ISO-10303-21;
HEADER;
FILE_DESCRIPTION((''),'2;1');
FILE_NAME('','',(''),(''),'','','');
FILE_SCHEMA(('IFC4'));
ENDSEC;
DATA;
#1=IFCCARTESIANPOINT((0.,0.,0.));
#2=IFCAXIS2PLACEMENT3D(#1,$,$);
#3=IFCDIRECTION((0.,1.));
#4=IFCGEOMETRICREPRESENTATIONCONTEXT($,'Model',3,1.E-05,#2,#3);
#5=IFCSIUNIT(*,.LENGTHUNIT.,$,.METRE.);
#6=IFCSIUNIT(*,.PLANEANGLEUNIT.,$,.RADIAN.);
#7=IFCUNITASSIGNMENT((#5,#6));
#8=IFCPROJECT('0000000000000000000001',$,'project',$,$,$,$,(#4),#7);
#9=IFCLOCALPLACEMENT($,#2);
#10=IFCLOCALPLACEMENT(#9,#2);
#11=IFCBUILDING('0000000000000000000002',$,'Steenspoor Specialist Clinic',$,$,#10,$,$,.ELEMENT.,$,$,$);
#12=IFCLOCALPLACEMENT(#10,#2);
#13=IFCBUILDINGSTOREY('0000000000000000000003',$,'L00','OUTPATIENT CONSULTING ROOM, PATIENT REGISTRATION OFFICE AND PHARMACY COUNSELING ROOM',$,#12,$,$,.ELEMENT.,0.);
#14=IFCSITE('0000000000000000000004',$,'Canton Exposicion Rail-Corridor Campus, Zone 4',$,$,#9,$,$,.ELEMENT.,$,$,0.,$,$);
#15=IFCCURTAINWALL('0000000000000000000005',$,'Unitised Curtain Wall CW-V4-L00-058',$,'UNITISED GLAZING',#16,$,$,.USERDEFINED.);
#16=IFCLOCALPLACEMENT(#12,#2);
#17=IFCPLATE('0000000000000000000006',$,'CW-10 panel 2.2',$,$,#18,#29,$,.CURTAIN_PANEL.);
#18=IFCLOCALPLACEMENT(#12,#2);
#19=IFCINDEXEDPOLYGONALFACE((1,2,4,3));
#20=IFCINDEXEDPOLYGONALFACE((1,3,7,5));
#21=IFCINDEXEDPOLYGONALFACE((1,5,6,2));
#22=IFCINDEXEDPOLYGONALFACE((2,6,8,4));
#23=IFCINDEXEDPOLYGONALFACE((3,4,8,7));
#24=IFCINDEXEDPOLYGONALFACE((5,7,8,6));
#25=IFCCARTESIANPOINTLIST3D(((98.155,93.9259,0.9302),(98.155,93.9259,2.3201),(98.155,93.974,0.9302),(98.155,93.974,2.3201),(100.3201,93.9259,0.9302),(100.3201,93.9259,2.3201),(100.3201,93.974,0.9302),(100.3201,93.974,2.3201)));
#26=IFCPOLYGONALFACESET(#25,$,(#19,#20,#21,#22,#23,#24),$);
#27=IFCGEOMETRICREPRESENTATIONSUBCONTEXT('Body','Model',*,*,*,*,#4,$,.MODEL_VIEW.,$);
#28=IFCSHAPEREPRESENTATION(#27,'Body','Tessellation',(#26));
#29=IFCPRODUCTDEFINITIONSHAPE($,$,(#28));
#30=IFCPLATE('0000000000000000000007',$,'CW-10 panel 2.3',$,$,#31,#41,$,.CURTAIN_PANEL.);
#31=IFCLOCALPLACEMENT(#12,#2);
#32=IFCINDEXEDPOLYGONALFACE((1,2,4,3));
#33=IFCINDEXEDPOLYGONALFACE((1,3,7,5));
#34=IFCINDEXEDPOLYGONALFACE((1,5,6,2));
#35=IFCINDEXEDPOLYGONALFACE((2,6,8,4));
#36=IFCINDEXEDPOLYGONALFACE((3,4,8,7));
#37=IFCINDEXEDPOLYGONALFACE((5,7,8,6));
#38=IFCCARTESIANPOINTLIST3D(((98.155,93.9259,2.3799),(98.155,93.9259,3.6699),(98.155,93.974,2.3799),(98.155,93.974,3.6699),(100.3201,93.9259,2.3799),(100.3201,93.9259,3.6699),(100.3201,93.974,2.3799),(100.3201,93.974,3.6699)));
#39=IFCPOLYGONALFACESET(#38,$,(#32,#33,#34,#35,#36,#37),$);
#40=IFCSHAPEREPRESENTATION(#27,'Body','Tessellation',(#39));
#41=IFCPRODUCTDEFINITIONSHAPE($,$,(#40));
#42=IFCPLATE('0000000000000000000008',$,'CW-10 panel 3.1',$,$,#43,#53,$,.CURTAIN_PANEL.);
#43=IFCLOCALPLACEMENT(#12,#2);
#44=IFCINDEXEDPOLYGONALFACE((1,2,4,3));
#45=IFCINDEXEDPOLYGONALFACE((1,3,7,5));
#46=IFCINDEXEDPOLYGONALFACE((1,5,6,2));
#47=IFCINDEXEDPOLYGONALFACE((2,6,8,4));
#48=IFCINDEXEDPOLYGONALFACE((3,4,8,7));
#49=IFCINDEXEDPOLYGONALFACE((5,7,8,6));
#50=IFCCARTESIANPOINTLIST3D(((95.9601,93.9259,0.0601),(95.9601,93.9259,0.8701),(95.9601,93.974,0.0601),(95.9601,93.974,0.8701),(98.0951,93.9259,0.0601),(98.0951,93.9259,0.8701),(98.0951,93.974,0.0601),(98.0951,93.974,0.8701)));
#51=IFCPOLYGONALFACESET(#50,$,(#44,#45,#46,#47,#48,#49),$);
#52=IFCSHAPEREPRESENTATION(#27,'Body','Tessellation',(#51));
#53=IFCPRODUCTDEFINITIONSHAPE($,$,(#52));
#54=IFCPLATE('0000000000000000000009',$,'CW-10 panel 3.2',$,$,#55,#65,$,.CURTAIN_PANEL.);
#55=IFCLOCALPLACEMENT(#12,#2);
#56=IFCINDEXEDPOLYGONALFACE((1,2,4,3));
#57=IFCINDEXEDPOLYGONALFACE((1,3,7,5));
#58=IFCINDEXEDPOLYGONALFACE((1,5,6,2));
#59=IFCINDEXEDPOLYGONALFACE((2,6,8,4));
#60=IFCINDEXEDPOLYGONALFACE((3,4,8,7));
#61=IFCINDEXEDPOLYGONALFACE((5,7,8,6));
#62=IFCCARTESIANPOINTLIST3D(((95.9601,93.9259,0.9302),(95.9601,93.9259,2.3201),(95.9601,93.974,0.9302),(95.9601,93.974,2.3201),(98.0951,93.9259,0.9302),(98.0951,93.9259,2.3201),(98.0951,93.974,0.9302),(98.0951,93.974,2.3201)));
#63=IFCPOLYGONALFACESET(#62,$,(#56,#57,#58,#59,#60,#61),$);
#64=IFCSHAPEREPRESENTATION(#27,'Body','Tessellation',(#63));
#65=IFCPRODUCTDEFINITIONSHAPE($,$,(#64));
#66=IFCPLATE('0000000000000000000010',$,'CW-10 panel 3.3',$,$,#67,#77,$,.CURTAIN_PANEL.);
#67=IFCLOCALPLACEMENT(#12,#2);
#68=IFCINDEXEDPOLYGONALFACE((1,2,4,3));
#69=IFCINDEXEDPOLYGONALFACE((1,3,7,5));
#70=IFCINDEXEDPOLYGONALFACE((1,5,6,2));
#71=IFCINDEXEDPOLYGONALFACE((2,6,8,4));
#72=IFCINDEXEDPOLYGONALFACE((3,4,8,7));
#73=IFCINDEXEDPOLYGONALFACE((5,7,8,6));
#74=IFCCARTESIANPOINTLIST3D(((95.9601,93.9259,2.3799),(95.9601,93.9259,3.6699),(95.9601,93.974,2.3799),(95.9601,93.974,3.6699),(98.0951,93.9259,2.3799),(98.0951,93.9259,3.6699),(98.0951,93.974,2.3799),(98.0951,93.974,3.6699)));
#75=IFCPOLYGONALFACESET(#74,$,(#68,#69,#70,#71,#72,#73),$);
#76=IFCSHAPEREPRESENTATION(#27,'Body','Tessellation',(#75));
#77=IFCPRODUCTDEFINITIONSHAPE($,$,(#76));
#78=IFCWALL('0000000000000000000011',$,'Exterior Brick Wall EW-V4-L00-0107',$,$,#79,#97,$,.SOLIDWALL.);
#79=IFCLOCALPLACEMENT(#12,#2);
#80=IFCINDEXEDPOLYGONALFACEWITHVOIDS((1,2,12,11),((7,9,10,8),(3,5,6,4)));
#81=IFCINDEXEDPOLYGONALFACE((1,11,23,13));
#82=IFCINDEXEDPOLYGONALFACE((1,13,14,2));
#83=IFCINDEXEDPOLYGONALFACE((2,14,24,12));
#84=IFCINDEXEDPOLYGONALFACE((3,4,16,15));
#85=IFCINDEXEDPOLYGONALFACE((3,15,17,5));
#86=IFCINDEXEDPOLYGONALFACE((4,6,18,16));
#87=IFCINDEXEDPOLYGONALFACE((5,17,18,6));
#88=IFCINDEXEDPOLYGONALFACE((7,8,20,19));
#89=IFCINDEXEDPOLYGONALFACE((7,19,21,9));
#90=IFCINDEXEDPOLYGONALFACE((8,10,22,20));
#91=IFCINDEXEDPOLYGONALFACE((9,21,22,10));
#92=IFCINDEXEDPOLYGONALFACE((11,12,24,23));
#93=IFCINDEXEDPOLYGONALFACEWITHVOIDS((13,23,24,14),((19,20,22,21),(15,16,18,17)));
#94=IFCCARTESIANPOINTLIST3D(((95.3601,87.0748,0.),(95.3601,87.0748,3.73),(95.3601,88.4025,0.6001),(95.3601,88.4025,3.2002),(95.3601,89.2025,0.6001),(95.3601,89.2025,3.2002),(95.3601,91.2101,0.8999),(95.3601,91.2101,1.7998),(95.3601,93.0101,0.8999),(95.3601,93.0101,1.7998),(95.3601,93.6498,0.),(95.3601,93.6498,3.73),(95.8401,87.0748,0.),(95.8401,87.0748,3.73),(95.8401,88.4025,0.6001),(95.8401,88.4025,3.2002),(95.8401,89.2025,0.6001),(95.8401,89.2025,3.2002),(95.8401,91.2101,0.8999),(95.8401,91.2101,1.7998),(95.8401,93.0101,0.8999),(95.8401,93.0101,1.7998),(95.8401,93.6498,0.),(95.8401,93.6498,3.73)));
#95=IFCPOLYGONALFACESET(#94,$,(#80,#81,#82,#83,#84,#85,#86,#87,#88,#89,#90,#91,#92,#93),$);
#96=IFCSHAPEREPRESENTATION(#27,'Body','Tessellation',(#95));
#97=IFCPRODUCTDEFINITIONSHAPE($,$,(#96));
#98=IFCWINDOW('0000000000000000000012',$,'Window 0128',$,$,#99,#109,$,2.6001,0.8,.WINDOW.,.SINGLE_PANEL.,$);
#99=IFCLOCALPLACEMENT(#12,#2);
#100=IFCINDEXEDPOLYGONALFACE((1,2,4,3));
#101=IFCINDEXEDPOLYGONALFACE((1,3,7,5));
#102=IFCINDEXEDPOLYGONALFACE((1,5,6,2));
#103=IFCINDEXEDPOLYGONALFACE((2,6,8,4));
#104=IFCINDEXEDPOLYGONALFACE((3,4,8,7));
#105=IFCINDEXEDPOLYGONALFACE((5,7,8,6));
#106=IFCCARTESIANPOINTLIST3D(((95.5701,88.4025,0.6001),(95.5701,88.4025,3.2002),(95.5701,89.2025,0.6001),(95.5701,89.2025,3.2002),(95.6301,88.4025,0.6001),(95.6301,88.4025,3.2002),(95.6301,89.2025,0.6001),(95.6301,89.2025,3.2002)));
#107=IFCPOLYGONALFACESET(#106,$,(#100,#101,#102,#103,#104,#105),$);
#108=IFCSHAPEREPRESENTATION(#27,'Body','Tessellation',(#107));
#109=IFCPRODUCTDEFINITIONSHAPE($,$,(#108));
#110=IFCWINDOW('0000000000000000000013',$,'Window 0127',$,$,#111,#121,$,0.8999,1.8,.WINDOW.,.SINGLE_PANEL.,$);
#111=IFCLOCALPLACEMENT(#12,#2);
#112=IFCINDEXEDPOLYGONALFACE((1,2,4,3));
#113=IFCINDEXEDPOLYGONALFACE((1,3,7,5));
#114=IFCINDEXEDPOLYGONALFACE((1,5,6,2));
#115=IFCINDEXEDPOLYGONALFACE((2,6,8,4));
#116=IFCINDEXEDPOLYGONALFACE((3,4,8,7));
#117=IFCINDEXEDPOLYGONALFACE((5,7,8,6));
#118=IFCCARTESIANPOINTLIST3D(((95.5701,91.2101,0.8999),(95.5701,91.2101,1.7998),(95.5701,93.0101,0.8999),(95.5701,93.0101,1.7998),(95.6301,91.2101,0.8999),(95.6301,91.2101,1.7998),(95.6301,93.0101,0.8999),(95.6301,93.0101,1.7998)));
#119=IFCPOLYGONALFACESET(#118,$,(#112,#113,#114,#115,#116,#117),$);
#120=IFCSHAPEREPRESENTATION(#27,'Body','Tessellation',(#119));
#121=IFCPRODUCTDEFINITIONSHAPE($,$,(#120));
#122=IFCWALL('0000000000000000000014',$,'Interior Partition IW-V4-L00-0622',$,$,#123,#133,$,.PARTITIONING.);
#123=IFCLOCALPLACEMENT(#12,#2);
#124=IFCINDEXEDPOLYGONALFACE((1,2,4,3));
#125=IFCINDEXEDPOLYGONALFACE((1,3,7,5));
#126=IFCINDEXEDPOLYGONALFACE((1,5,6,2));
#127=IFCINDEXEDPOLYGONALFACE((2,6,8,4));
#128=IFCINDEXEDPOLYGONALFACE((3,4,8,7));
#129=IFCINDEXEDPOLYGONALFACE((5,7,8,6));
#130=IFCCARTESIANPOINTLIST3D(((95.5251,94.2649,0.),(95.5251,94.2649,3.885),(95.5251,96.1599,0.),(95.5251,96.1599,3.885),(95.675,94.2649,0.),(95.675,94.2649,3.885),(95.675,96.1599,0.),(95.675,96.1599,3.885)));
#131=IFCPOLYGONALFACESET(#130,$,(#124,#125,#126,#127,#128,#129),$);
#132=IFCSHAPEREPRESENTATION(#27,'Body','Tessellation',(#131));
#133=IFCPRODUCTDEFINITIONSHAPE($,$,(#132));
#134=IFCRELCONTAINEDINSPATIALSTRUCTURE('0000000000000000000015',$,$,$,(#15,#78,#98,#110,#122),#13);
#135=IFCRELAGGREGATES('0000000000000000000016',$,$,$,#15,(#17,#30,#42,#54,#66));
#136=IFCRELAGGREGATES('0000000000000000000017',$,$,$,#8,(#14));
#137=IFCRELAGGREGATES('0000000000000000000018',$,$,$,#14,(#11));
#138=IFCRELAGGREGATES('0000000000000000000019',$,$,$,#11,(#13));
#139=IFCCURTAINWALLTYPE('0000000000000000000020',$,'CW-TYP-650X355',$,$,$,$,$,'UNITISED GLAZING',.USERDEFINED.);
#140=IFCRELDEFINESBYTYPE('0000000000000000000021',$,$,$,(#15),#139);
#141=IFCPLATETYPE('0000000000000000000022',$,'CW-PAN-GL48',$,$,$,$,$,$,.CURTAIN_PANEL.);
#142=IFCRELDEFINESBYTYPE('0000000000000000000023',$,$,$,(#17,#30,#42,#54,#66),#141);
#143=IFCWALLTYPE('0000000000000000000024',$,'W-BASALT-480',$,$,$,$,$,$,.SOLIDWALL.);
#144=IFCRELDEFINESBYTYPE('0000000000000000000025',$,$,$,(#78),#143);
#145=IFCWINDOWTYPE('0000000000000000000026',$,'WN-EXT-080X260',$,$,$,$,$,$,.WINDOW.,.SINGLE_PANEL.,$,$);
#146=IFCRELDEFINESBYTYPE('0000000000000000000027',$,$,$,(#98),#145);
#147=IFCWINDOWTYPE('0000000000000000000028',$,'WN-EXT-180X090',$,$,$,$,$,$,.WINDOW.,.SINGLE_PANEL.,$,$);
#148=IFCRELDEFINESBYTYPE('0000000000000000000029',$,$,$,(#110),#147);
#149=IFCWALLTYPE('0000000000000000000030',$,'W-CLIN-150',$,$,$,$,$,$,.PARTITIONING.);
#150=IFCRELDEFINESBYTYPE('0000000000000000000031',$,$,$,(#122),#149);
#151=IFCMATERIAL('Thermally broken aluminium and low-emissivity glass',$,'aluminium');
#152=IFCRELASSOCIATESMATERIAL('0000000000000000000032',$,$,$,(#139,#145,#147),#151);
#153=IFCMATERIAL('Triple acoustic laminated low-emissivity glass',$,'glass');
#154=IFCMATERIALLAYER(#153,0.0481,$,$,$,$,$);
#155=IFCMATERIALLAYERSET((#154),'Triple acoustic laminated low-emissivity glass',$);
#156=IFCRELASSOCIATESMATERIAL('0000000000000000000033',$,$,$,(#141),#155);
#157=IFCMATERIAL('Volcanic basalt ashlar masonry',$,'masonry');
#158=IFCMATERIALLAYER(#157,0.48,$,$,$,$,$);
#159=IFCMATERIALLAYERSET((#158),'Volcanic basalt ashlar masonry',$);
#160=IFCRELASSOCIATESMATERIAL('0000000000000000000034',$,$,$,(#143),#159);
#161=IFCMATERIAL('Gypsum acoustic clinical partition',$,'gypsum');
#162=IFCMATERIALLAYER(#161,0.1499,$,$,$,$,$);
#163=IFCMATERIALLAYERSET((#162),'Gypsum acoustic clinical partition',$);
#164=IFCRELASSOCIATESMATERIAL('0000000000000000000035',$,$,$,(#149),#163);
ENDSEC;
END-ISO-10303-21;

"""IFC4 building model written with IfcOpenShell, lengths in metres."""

from ifc_helpers import new_model, si_unit, direction, frame, frame_2d, origin, origin_2d, place, context, subcontext, project, spatial, rectangle, extrude, material, layer, layer_set, type_object, element, fill, aggregate, save


model = new_model("IFC4")

# Units and contexts
model_context = context("Model", 3, precision=1e-05, world=origin(), true_north=direction((0.0, 1.0)))
body_context = subcontext(model_context, "Body", "Model", "MODEL_VIEW")
ifc_project = project(units=[si_unit("LENGTHUNIT", "METRE"), si_unit("PLANEANGLEUNIT", "RADIAN")], contexts=[model_context])

# Site, building, storey
site_placement = place(None, origin())
site = spatial("IfcSite", under=ifc_project, at=site_placement, Name="Canton Exposicion Rail-Corridor Campus, Zone 4", CompositionType="ELEMENT", RefElevation=0.0)
building_placement = place(site_placement, origin())
building = spatial("IfcBuilding", under=site, at=building_placement, Name="Steenspoor Specialist Clinic", CompositionType="ELEMENT")
storey_placement = place(building_placement, origin())
storey = spatial("IfcBuildingStorey", under=building, at=storey_placement, Name="L00", Description="OUTPATIENT CONSULTING ROOM, PATIENT REGISTRATION OFFICE AND PHARMACY COUNSELING ROOM", CompositionType="ELEMENT", Elevation=0.0)

# Curtain wall, plates
ifc_material_1 = material(Name="Thermally broken aluminium and low-emissivity glass", Category="aluminium")
curtain_wall_type = type_object("IfcCurtainWallType", Name="CW-TYP-650X355", ElementType="UNITISED GLAZING", PredefinedType="USERDEFINED", material=ifc_material_1)
curtain_wall_placement = place(storey_placement, origin())
curtain_wall = element("IfcCurtainWall", 1, at=curtain_wall_placement, inside=storey, type_object=curtain_wall_type, Name="Unitised Curtain Wall CW-V4-L00-058", ObjectType="UNITISED GLAZING", PredefinedType="USERDEFINED")
ifc_material_2 = material(Name="Triple acoustic laminated low-emissivity glass", Category="glass")
ifc_layer_1 = layer(ifc_material_2, 0.0481)
ifc_layer_set_1 = layer_set([ifc_layer_1], Name="Triple acoustic laminated low-emissivity glass")
plate_type = type_object("IfcPlateType", Name="CW-PAN-GL48", PredefinedType="CURTAIN_PANEL", material=ifc_layer_set_1)
plate_1_placement = place(storey_placement, frame((99.2375, 93.95, 0.9302), z_axis=(0.0, 0.0, 1.0), x_axis=(-1.0, 0.0, 0.0)))
plate_1 = element("IfcPlate", 2, at=plate_1_placement, type_object=plate_type, Name="CW-10 panel 2.2", PredefinedType="CURTAIN_PANEL", context=body_context, shape_type="SweptSolid", body=[
    extrude(rectangle(XDim=2.165, YDim=0.0481, at=origin_2d()), origin(), (0.0, 0.0, 1.0), 1.3899),
])
plate_2_placement = place(storey_placement, frame((99.2375, 93.95, 2.3799), z_axis=(0.0, 0.0, 1.0), x_axis=(-1.0, 0.0, 0.0)))
plate_2 = element("IfcPlate", 3, at=plate_2_placement, type_object=plate_type, Name="CW-10 panel 2.3", PredefinedType="CURTAIN_PANEL", context=body_context, shape_type="SweptSolid", body=[
    extrude(rectangle(XDim=2.165, YDim=0.0481, at=origin_2d()), origin(), (0.0, 0.0, 1.0), 1.29),
])
plate_3_placement = place(storey_placement, frame((97.0276, 93.95, 0.0601), z_axis=(0.0, 0.0, 1.0), x_axis=(-1.0, 0.0, 0.0)))
plate_3 = element("IfcPlate", 4, at=plate_3_placement, type_object=plate_type, Name="CW-10 panel 3.1", PredefinedType="CURTAIN_PANEL", context=body_context, shape_type="SweptSolid", body=[
    extrude(rectangle(XDim=2.135, YDim=0.0481, at=origin_2d()), origin(), (0.0, 0.0, 1.0), 0.8101),
])
plate_4_placement = place(storey_placement, frame((97.0276, 93.95, 0.9302), z_axis=(0.0, 0.0, 1.0), x_axis=(-1.0, 0.0, 0.0)))
plate_4 = element("IfcPlate", 5, at=plate_4_placement, type_object=plate_type, Name="CW-10 panel 3.2", PredefinedType="CURTAIN_PANEL", context=body_context, shape_type="SweptSolid", body=[
    extrude(rectangle(XDim=2.135, YDim=0.0481, at=origin_2d()), origin(), (0.0, 0.0, 1.0), 1.3899),
])
plate_5_placement = place(storey_placement, frame((97.0276, 93.95, 2.3799), z_axis=(0.0, 0.0, 1.0), x_axis=(-1.0, 0.0, 0.0)))
plate_5 = element("IfcPlate", 6, at=plate_5_placement, type_object=plate_type, Name="CW-10 panel 3.3", PredefinedType="CURTAIN_PANEL", context=body_context, shape_type="SweptSolid", body=[
    extrude(rectangle(XDim=2.135, YDim=0.0481, at=origin_2d()), origin(), (0.0, 0.0, 1.0), 1.29),
])
aggregate(curtain_wall, [plate_1, plate_2, plate_3, plate_4, plate_5])

# Wall, openings, windows
ifc_material_3 = material(Name="Volcanic basalt ashlar masonry", Category="masonry")
ifc_layer_2 = layer(ifc_material_3, 0.48)
ifc_layer_set_2 = layer_set([ifc_layer_2], Name="Volcanic basalt ashlar masonry")
wall_type_1 = type_object("IfcWallType", Name="W-BASALT-480", PredefinedType="SOLIDWALL", material=ifc_layer_set_2)
wall_1_placement = place(storey_placement, frame((95.6001, 93.6499, 0.0), z_axis=(0.0, 0.0, 1.0), x_axis=(0.0, -1.0, 0.0)))
wall_1 = element("IfcWall", 7, at=wall_1_placement, inside=storey, type_object=wall_type_1, Name="Exterior Brick Wall EW-V4-L00-0107", PredefinedType="SOLIDWALL", context=body_context, shape_type="SweptSolid", body=[
    extrude(rectangle(XDim=6.575, YDim=0.48, at=frame_2d((3.2876, 0.0))), origin(), (0.0, 0.0, 1.0), 3.73),
])
opening_1_placement = place(wall_1_placement, frame((0.6399, 0.0, 0.8999)))
opening_1 = element("IfcOpeningElement", 8, at=opening_1_placement, cuts=wall_1, PredefinedType="OPENING", context=body_context, shape_type="SweptSolid", body=[
    extrude(rectangle(XDim=1.8, YDim=0.8999, at=frame_2d((0.8999, 0.45))), frame((0.0, 0.25, 0.0), z_axis=(0.0, -1.0, 0.0), x_axis=(1.0, 0.0, 0.0)), (0.0, 0.0, 1.0), 0.5),
])
opening_2_placement = place(wall_1_placement, frame((4.4475, 0.0, 0.6001)))
opening_2 = element("IfcOpeningElement", 9, at=opening_2_placement, cuts=wall_1, PredefinedType="OPENING", context=body_context, shape_type="SweptSolid", body=[
    extrude(rectangle(XDim=0.8, YDim=2.6001, at=frame_2d((0.3999, 1.3))), frame((0.0, 0.25, 0.0), z_axis=(0.0, -1.0, 0.0), x_axis=(1.0, 0.0, 0.0)), (0.0, 0.0, 1.0), 0.5),
])
window_type_1 = type_object("IfcWindowType", Name="WN-EXT-080X260", PartitioningType="SINGLE_PANEL", PredefinedType="WINDOW", material=ifc_material_1)
window_1_placement = place(opening_2_placement, origin())
window_1 = element("IfcWindow", 10, at=window_1_placement, inside=storey, type_object=window_type_1, Name="Window 0128", OverallHeight=2.6001, OverallWidth=0.8, PartitioningType="SINGLE_PANEL", PredefinedType="WINDOW", context=body_context, shape_type="SweptSolid", body=[
    extrude(rectangle(XDim=0.8, YDim=2.6001, at=frame_2d((0.3999, 1.3))), frame((0.0, 0.03, 0.0), z_axis=(0.0, -1.0, 0.0), x_axis=(1.0, 0.0, 0.0)), (0.0, 0.0, 1.0), 0.0601),
])
fill(opening_2, window_1)
window_type_2 = type_object("IfcWindowType", Name="WN-EXT-180X090", PartitioningType="SINGLE_PANEL", PredefinedType="WINDOW", material=ifc_material_1)
window_2_placement = place(opening_1_placement, origin())
window_2 = element("IfcWindow", 11, at=window_2_placement, inside=storey, type_object=window_type_2, Name="Window 0127", OverallHeight=0.8999, OverallWidth=1.8, PartitioningType="SINGLE_PANEL", PredefinedType="WINDOW", context=body_context, shape_type="SweptSolid", body=[
    extrude(rectangle(XDim=1.8, YDim=0.8999, at=frame_2d((0.8999, 0.45))), frame((0.0, 0.03, 0.0), z_axis=(0.0, -1.0, 0.0), x_axis=(1.0, 0.0, 0.0)), (0.0, 0.0, 1.0), 0.0601),
])
fill(opening_1, window_2)

# Wall
ifc_material_4 = material(Name="Gypsum acoustic clinical partition", Category="gypsum")
ifc_layer_3 = layer(ifc_material_4, 0.1499)
ifc_layer_set_3 = layer_set([ifc_layer_3], Name="Gypsum acoustic clinical partition")
wall_type_2 = type_object("IfcWallType", Name="W-CLIN-150", PredefinedType="PARTITIONING", material=ifc_layer_set_3)
wall_2_placement = place(storey_placement, frame((95.6001, 94.2649, 0.0), z_axis=(0.0, 0.0, 1.0), x_axis=(0.0, 1.0, 0.0)))
element("IfcWall", 12, at=wall_2_placement, inside=storey, type_object=wall_type_2, Name="Interior Partition IW-V4-L00-0622", PredefinedType="PARTITIONING", context=body_context, shape_type="SweptSolid", body=[
    extrude(rectangle(XDim=1.895, YDim=0.1499, at=frame_2d((0.9475, 0.0))), origin(), (0.0, 0.0, 1.0), 3.885),
])

save(model, "model.ifc")
